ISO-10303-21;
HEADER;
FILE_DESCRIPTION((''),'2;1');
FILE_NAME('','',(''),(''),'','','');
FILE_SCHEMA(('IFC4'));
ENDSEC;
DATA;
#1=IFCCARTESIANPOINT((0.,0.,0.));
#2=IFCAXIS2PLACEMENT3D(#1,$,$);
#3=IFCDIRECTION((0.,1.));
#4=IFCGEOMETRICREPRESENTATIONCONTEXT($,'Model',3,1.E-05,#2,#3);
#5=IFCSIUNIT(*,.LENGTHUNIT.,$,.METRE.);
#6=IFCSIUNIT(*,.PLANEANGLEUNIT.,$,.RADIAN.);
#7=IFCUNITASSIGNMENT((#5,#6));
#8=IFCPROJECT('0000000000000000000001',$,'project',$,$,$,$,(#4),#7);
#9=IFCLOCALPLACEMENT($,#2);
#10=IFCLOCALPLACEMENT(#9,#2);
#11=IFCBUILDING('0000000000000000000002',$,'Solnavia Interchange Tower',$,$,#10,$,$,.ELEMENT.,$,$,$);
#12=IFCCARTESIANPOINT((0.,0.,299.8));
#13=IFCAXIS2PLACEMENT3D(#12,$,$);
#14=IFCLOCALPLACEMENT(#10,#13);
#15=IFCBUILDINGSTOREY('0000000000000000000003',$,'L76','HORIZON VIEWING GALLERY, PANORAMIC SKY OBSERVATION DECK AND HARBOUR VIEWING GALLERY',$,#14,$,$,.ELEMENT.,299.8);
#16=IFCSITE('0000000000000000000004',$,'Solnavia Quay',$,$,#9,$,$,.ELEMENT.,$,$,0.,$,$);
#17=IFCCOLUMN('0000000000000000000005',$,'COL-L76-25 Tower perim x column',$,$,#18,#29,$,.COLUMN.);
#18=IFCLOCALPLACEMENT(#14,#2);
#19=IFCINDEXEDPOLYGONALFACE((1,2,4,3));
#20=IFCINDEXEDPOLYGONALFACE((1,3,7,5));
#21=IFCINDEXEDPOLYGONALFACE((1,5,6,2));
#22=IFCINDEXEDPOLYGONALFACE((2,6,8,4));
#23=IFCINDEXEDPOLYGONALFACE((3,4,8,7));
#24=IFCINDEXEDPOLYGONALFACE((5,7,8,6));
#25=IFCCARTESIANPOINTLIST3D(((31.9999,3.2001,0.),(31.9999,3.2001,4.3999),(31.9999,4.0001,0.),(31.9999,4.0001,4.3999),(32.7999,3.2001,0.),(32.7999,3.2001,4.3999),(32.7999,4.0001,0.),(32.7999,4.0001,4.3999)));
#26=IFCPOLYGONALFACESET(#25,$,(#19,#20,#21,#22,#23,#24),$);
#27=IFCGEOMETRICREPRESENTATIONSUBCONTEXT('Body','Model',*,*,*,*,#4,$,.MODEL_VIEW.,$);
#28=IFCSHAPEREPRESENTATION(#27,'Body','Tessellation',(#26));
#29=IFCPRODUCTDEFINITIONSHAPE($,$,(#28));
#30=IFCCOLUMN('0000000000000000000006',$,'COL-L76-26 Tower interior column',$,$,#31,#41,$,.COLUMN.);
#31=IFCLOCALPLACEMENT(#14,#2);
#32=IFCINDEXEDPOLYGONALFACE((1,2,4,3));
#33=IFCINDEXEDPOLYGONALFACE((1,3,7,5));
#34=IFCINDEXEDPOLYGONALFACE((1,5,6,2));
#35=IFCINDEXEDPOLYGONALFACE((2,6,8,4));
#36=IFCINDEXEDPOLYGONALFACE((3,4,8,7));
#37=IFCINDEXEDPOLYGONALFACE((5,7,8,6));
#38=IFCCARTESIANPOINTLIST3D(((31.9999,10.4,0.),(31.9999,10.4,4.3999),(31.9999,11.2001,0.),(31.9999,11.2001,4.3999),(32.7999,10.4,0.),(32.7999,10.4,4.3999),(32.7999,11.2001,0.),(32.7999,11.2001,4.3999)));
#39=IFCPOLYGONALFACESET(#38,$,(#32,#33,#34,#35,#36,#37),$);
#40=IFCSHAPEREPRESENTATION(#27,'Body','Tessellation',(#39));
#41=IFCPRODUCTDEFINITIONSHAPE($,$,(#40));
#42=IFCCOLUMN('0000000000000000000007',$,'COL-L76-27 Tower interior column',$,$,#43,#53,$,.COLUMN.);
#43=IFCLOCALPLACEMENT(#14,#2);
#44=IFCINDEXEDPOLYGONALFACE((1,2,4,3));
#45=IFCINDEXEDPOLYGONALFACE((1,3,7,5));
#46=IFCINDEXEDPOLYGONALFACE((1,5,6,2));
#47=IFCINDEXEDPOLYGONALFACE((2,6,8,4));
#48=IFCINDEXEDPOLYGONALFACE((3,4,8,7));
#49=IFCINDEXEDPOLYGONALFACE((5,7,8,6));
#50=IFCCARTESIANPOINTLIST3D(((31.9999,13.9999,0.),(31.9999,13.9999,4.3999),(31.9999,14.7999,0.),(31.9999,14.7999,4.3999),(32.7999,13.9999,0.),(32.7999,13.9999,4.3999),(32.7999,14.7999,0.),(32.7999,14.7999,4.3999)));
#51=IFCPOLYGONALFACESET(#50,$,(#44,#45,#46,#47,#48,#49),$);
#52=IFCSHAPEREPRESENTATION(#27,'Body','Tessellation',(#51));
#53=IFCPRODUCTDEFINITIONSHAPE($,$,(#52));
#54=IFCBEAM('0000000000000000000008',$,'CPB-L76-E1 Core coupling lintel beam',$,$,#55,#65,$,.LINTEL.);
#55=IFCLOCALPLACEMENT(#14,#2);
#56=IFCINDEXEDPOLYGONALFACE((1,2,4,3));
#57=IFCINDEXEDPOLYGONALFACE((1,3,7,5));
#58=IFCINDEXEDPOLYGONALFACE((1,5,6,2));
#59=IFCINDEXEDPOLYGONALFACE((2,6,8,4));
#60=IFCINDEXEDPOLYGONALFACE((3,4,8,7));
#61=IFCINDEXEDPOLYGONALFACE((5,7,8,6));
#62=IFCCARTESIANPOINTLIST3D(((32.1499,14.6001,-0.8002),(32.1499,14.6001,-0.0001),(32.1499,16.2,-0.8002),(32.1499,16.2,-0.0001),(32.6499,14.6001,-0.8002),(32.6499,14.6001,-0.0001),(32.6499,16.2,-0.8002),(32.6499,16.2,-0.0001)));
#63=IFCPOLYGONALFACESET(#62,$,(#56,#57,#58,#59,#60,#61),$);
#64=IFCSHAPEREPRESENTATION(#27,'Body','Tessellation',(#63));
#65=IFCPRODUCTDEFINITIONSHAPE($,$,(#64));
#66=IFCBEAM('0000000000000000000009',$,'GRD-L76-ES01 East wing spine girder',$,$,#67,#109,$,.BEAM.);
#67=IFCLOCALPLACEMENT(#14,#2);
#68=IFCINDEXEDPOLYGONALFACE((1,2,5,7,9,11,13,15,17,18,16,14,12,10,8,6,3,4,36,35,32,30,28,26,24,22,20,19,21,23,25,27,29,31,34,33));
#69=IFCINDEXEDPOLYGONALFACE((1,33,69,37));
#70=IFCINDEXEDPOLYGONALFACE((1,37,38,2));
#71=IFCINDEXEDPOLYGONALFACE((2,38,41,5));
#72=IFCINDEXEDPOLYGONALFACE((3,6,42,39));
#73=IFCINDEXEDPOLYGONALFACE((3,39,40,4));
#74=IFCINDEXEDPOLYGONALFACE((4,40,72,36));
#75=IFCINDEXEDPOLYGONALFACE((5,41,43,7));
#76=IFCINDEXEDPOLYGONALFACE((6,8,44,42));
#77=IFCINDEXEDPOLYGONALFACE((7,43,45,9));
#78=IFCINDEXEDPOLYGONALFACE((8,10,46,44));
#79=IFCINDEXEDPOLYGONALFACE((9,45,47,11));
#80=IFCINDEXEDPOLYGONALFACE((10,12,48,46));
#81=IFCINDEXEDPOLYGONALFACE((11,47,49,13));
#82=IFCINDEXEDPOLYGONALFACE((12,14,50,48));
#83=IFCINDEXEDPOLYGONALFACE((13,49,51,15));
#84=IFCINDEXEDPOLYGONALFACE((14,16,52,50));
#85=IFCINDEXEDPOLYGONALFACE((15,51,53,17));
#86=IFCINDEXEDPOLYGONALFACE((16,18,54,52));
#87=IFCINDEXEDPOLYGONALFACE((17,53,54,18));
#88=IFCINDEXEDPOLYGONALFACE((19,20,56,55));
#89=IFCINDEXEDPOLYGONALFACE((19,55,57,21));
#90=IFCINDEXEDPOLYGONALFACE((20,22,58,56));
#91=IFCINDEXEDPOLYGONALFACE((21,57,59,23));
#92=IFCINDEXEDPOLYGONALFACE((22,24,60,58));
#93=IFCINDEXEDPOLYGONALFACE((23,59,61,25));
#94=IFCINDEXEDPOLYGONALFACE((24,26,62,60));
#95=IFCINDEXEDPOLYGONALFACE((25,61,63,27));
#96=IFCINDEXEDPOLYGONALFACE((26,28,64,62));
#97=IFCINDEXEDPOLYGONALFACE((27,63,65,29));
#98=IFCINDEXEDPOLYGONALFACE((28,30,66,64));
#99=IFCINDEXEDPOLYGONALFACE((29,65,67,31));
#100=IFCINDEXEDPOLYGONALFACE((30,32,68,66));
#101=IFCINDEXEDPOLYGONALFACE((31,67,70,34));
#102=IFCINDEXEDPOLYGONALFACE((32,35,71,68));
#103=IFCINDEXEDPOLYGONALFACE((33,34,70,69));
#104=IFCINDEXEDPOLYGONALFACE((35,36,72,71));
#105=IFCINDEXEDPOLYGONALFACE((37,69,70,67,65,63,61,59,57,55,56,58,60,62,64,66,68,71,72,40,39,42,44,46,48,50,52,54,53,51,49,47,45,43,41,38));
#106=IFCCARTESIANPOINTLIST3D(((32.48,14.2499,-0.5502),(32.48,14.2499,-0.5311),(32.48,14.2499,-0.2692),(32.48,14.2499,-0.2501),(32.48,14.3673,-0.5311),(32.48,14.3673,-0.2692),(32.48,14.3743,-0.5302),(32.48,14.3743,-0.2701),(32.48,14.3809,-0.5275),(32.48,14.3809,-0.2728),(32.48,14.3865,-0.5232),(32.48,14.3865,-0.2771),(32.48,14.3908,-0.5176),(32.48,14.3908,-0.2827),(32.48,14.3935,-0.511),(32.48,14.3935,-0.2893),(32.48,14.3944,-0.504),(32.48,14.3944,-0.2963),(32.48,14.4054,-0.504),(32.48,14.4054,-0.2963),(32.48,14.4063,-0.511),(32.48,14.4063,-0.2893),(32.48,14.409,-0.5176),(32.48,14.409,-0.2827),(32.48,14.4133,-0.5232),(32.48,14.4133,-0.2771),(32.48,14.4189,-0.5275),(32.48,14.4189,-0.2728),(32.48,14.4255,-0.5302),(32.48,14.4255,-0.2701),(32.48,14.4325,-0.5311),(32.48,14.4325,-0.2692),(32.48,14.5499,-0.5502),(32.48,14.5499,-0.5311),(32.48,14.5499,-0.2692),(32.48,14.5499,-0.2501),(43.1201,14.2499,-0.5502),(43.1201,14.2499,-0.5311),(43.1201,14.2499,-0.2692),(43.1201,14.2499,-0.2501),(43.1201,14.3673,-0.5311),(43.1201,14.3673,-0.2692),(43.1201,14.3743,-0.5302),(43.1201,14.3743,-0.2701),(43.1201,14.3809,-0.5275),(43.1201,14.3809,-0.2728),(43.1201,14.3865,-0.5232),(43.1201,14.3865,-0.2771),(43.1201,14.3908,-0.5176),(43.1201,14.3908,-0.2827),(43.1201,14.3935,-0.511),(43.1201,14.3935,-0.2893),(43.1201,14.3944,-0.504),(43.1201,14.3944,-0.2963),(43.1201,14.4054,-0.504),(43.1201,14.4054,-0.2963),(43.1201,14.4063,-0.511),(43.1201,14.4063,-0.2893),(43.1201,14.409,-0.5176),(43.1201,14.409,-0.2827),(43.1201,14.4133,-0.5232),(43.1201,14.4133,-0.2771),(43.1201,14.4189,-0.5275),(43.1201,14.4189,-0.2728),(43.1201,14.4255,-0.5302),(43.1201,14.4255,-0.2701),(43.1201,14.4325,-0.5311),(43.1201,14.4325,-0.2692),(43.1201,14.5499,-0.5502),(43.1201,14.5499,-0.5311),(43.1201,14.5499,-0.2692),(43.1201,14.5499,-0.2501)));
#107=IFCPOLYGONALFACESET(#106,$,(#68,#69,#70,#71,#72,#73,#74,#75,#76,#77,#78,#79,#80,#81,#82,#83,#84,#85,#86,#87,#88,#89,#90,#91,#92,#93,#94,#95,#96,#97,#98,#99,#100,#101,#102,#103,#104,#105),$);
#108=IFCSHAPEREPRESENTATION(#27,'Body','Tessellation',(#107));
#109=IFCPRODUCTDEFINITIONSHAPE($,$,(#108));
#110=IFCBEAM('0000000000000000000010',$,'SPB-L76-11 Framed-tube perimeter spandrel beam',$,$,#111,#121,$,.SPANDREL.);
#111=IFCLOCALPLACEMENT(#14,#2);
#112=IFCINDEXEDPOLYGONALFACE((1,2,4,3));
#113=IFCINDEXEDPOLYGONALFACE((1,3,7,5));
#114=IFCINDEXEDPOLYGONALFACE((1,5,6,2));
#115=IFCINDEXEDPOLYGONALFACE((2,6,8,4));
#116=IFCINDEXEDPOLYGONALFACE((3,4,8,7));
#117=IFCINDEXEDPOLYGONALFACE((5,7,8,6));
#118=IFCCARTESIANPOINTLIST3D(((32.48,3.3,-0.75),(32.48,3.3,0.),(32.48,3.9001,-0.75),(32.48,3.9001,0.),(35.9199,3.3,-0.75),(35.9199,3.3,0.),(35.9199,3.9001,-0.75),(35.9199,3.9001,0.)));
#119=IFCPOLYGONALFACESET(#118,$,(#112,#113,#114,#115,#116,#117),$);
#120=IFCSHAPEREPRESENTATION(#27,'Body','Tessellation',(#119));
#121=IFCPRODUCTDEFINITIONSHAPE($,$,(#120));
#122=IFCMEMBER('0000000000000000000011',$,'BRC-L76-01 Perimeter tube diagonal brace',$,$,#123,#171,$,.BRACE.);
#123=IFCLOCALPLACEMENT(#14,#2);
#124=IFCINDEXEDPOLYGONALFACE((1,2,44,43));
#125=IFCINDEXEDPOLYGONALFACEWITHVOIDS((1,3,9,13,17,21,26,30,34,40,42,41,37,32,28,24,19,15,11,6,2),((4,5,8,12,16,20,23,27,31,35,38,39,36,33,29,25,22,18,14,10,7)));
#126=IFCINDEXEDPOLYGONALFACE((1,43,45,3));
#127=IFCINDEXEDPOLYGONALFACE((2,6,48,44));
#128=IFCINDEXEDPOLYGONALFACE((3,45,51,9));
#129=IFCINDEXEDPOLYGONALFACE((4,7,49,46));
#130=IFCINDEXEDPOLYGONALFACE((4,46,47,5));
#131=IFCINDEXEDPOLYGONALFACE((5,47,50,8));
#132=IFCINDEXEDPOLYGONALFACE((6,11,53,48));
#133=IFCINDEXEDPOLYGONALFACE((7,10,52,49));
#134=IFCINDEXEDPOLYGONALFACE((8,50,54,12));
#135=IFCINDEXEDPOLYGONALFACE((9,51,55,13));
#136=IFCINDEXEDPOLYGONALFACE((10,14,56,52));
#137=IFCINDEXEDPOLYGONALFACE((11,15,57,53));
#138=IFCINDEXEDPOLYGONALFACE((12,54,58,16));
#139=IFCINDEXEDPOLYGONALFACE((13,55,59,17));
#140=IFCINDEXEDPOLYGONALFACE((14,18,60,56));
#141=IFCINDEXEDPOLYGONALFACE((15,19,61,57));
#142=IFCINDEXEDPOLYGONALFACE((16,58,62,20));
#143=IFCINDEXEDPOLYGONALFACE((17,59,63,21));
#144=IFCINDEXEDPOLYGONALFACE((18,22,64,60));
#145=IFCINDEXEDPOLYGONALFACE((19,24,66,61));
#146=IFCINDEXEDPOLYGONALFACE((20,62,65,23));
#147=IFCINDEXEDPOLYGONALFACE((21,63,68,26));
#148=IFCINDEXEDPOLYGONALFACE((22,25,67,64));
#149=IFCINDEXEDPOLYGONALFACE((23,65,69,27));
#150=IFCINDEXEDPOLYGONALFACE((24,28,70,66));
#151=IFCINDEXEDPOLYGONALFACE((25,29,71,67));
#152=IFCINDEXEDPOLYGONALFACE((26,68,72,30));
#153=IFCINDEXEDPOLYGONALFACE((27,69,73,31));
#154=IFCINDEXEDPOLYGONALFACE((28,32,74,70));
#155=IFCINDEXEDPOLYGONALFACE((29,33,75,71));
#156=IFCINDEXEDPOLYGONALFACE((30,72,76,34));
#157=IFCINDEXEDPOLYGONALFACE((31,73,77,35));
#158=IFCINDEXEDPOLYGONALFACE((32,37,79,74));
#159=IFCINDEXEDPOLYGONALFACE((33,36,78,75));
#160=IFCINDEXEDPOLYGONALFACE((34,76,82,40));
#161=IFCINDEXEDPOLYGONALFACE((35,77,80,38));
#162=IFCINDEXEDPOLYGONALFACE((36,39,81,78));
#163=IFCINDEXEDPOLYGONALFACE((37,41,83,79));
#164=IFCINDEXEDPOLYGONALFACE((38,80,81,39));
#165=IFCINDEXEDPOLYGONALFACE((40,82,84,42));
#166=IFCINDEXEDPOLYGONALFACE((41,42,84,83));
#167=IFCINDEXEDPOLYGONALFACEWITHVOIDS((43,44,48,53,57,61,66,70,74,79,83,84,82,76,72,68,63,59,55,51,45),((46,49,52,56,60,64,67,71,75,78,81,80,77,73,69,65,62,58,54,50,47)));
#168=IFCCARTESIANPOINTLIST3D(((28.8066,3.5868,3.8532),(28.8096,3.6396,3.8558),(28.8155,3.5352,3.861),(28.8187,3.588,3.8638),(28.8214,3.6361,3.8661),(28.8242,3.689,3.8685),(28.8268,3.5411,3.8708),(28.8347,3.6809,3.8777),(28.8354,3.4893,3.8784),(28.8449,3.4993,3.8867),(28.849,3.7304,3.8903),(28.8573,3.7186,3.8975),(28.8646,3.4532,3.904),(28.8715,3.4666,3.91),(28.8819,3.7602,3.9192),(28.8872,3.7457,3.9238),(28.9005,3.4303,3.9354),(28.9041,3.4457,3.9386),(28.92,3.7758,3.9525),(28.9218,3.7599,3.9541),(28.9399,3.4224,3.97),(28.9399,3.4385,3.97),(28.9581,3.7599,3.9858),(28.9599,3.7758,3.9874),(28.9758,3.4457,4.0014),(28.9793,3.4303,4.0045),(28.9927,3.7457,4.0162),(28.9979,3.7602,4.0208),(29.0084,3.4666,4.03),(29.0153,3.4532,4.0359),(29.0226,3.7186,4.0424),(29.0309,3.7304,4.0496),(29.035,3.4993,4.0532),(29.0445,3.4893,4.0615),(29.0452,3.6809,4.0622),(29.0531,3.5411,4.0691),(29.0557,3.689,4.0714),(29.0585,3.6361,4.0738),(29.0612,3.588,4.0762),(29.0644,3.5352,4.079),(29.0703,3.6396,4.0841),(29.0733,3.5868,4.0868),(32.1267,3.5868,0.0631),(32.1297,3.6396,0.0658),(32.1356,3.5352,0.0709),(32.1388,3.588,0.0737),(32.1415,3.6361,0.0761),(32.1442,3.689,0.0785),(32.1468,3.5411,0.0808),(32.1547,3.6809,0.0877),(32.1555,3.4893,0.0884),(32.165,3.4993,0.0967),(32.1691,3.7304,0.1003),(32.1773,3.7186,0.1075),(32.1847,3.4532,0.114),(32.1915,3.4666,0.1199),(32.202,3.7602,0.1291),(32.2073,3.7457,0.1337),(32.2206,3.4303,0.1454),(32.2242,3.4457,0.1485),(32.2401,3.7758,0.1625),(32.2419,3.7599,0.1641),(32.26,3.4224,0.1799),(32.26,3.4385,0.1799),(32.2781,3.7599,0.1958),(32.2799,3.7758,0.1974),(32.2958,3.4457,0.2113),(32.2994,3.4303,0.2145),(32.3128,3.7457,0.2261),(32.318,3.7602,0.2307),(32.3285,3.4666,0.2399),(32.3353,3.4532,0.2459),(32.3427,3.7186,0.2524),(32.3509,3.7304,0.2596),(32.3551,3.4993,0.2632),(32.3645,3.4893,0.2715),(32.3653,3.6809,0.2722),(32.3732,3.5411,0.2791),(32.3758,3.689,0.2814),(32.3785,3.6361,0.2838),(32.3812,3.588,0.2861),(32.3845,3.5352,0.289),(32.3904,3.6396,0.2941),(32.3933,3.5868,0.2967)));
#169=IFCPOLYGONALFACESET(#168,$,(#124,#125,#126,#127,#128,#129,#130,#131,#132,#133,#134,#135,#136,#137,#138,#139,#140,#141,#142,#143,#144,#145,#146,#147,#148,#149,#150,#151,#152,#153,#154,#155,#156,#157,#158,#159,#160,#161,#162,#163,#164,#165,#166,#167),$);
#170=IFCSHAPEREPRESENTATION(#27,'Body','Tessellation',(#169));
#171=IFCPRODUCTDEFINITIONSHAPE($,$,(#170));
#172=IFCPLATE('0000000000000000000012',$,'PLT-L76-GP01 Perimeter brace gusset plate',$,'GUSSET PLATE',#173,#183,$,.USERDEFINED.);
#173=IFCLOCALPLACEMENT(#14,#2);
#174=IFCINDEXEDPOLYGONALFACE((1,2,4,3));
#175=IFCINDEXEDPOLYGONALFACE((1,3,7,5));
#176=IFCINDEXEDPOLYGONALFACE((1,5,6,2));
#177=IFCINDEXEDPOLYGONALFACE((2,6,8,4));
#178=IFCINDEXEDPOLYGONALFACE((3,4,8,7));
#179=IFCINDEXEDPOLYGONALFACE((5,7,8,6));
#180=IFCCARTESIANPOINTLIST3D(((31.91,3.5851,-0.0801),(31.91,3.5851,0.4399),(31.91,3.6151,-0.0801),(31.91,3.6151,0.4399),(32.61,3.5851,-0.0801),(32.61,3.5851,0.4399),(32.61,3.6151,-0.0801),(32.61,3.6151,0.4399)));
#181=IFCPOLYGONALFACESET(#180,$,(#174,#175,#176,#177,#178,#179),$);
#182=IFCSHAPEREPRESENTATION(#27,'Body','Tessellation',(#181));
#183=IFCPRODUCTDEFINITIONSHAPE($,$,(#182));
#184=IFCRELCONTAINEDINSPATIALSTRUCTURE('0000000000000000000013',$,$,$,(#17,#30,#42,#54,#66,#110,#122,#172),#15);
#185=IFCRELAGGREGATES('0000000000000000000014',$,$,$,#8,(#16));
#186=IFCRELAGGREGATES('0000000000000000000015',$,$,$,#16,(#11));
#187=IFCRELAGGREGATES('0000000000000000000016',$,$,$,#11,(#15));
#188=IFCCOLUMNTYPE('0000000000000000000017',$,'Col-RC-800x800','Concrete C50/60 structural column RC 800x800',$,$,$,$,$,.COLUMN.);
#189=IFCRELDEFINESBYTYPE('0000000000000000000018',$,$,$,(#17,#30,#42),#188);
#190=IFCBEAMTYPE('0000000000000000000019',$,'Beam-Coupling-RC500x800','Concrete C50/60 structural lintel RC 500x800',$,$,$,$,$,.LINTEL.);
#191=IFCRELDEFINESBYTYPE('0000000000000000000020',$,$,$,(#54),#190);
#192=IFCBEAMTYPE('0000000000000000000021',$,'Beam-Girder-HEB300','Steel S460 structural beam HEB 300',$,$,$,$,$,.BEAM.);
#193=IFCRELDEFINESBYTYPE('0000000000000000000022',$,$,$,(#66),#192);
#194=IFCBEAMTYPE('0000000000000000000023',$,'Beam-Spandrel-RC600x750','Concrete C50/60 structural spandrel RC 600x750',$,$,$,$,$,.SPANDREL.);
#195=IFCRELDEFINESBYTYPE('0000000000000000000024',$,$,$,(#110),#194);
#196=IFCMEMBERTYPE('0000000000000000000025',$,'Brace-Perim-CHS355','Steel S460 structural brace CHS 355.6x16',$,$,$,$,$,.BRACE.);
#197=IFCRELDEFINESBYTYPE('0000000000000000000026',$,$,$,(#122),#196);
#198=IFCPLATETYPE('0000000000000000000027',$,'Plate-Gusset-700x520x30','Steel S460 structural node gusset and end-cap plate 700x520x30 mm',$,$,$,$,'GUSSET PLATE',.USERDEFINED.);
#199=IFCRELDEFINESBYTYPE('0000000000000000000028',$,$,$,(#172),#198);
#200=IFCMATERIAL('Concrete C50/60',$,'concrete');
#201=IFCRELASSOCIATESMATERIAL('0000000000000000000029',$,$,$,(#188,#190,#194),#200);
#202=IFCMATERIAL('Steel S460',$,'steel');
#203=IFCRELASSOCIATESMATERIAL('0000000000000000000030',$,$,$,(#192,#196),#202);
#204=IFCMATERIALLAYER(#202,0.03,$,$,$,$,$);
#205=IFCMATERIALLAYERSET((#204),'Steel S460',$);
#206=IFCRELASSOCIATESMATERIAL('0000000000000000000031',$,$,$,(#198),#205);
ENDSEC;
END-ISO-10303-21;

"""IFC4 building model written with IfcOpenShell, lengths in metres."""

from ifc_helpers import new_model, si_unit, direction, frame, origin, origin_2d, place, context, subcontext, project, spatial, rectangle, hollow_circle, i_section, extrude, material, layer, layer_set, material_profile, profile_set, type_object, element, save


model = new_model("IFC4")

# Units and contexts
model_context = context("Model", 3, precision=1e-05, world=origin(), true_north=direction((0.0, 1.0)))
body_context = subcontext(model_context, "Body", "Model", "MODEL_VIEW")
ifc_project = project(units=[si_unit("LENGTHUNIT", "METRE"), si_unit("PLANEANGLEUNIT", "RADIAN")], contexts=[model_context])

# Site, building, storey
site_placement = place(None, origin())
site = spatial("IfcSite", under=ifc_project, at=site_placement, Name="Solnavia Quay", CompositionType="ELEMENT", RefElevation=0.0)
building_placement = place(site_placement, origin())
building = spatial("IfcBuilding", under=site, at=building_placement, Name="Solnavia Interchange Tower", CompositionType="ELEMENT")
storey_placement = place(building_placement, frame((0.0, 0.0, 299.8)))
storey = spatial("IfcBuildingStorey", under=building, at=storey_placement, Name="L76", Description="HORIZON VIEWING GALLERY, PANORAMIC SKY OBSERVATION DECK AND HARBOUR VIEWING GALLERY", CompositionType="ELEMENT", Elevation=299.8)

# Columns
ifc_material_1 = material(Name="Concrete C50/60", Category="concrete")
ifc_material_profile_1 = material_profile(ifc_material_1, rectangle(XDim=0.8, YDim=0.8, at=origin_2d()), Name="RC 800x800")
ifc_profile_set_1 = profile_set([ifc_material_profile_1], Name="Concrete C50/60")
column_type = type_object("IfcColumnType", Name="Col-RC-800x800", Description="Concrete C50/60 structural column RC 800x800", PredefinedType="COLUMN", material=ifc_profile_set_1)
for number, where, z_axis, x_axis, name in (
    (1, (32.3999, 3.6001, 0.0), (0.0, 0.0, 1.0), (1.0, 0.0, 0.0), "COL-L76-25 Tower perim x column"),
    (2, (32.3999, 10.8, 0.0), (0.0, 0.0, 1.0), (1.0, 0.0, 0.0), "COL-L76-26 Tower interior column"),
    (3, (32.3999, 14.3999, 0.0), (0.0, 0.0, 1.0), (1.0, 0.0, 0.0), "COL-L76-27 Tower interior column"),
):
    element("IfcColumn", number, at=place(storey_placement, frame(where, z_axis=z_axis, x_axis=x_axis)), inside=storey, type_object=column_type, Name=name, PredefinedType="COLUMN", context=body_context, shape_type="SweptSolid", body=[
        extrude(rectangle(XDim=0.8, YDim=0.8, at=origin_2d()), origin(), (0.0, 0.0, 1.0), 4.3999),
    ])

# Beams
ifc_material_profile_2 = material_profile(ifc_material_1, rectangle(XDim=0.5, YDim=0.8, at=origin_2d()), Name="RC 500x800")
ifc_profile_set_2 = profile_set([ifc_material_profile_2], Name="Concrete C50/60")
beam_type_1 = type_object("IfcBeamType", Name="Beam-Coupling-RC500x800", Description="Concrete C50/60 structural lintel RC 500x800", PredefinedType="LINTEL", material=ifc_profile_set_2)
beam_1_placement = place(storey_placement, frame((32.3999, 14.6001, -0.4001), z_axis=(0.0, 1.0, 0.0), x_axis=(-1.0, 0.0, 0.0)))
element("IfcBeam", 4, at=beam_1_placement, inside=storey, type_object=beam_type_1, Name="CPB-L76-E1 Core coupling lintel beam", PredefinedType="LINTEL", context=body_context, shape_type="SweptSolid", body=[
    extrude(rectangle(XDim=0.5, YDim=0.8, at=origin_2d()), origin(), (0.0, 0.0, 1.0), 1.5999),
])
ifc_material_2 = material(Name="Steel S460", Category="steel")
ifc_material_profile_3 = material_profile(ifc_material_2, i_section(OverallWidth=0.3, OverallDepth=0.3, WebThickness=0.011, FlangeThickness=0.019, FilletRadius=0.0271, at=origin_2d()), Name="HEB 300")
ifc_profile_set_3 = profile_set([ifc_material_profile_3], Name="Steel S460")
beam_type_2 = type_object("IfcBeamType", Name="Beam-Girder-HEB300", Description="Steel S460 structural beam HEB 300", PredefinedType="BEAM", material=ifc_profile_set_3)
beam_2_placement = place(storey_placement, frame((32.48, 14.3999, -0.4001), z_axis=(1.0, 0.0, 0.0), x_axis=(0.0, 1.0, 0.0)))
element("IfcBeam", 5, at=beam_2_placement, inside=storey, type_object=beam_type_2, Name="GRD-L76-ES01 East wing spine girder", PredefinedType="BEAM", context=body_context, shape_type="SweptSolid", body=[
    extrude(i_section(OverallWidth=0.3, OverallDepth=0.3, WebThickness=0.011, FlangeThickness=0.019, FilletRadius=0.0271, at=origin_2d()), origin(), (0.0, 0.0, 1.0), 10.6401),
])
ifc_material_profile_4 = material_profile(ifc_material_1, rectangle(XDim=0.6001, YDim=0.75, at=origin_2d()), Name="RC 600x750")
ifc_profile_set_4 = profile_set([ifc_material_profile_4], Name="Concrete C50/60")
beam_type_3 = type_object("IfcBeamType", Name="Beam-Spandrel-RC600x750", Description="Concrete C50/60 structural spandrel RC 600x750", PredefinedType="SPANDREL", material=ifc_profile_set_4)
beam_3_placement = place(storey_placement, frame((32.48, 3.6001, -0.375), z_axis=(1.0, 0.0, 0.0), x_axis=(0.0, 1.0, 0.0)))
element("IfcBeam", 6, at=beam_3_placement, inside=storey, type_object=beam_type_3, Name="SPB-L76-11 Framed-tube perimeter spandrel beam", PredefinedType="SPANDREL", context=body_context, shape_type="SweptSolid", body=[
    extrude(rectangle(XDim=0.6001, YDim=0.75, at=origin_2d()), origin(), (0.0, 0.0, 1.0), 3.4399),
])

# Member
ifc_material_profile_5 = material_profile(ifc_material_2, hollow_circle(Radius=0.1777, WallThickness=0.0161, at=origin_2d()), Name="CHS 355.6x16")
ifc_profile_set_5 = profile_set([ifc_material_profile_5], Name="Steel S460")
member_type = type_object("IfcMemberType", Name="Brace-Perim-CHS355", Description="Steel S460 structural brace CHS 355.6x16", PredefinedType="BRACE", material=ifc_profile_set_5)
member_placement = place(storey_placement, frame((32.26, 3.6001, 0.1799), z_axis=(-0.65893, 0.0, 0.752204), x_axis=(0.0, -1.0, 0.0)))
element("IfcMember", 7, at=member_placement, inside=storey, type_object=member_type, Name="BRC-L76-01 Perimeter tube diagonal brace", PredefinedType="BRACE", context=body_context, shape_type="SweptSolid", body=[
    extrude(hollow_circle(Radius=0.1777, WallThickness=0.0161, at=origin_2d()), origin(), (0.0, 0.0, 1.0), 5.0386),
])

# Plate
ifc_layer_1 = layer(ifc_material_2, 0.03)
ifc_layer_set_1 = layer_set([ifc_layer_1], Name="Steel S460")
plate_type = type_object("IfcPlateType", Name="Plate-Gusset-700x520x30", Description="Steel S460 structural node gusset and end-cap plate 700x520x30 mm", ElementType="GUSSET PLATE", PredefinedType="USERDEFINED", material=ifc_layer_set_1)
plate_placement = place(storey_placement, frame((32.26, 3.6001, -0.0801), z_axis=(0.0, 0.0, 1.0), x_axis=(-1.0, 0.0, 0.0)))
element("IfcPlate", 8, at=plate_placement, inside=storey, type_object=plate_type, Name="PLT-L76-GP01 Perimeter brace gusset plate", ObjectType="GUSSET PLATE", PredefinedType="USERDEFINED", context=body_context, shape_type="SweptSolid", body=[
    extrude(rectangle(XDim=0.7, YDim=0.03, at=origin_2d()), origin(), (0.0, 0.0, 1.0), 0.52),
])

save(model, "model.ifc")
